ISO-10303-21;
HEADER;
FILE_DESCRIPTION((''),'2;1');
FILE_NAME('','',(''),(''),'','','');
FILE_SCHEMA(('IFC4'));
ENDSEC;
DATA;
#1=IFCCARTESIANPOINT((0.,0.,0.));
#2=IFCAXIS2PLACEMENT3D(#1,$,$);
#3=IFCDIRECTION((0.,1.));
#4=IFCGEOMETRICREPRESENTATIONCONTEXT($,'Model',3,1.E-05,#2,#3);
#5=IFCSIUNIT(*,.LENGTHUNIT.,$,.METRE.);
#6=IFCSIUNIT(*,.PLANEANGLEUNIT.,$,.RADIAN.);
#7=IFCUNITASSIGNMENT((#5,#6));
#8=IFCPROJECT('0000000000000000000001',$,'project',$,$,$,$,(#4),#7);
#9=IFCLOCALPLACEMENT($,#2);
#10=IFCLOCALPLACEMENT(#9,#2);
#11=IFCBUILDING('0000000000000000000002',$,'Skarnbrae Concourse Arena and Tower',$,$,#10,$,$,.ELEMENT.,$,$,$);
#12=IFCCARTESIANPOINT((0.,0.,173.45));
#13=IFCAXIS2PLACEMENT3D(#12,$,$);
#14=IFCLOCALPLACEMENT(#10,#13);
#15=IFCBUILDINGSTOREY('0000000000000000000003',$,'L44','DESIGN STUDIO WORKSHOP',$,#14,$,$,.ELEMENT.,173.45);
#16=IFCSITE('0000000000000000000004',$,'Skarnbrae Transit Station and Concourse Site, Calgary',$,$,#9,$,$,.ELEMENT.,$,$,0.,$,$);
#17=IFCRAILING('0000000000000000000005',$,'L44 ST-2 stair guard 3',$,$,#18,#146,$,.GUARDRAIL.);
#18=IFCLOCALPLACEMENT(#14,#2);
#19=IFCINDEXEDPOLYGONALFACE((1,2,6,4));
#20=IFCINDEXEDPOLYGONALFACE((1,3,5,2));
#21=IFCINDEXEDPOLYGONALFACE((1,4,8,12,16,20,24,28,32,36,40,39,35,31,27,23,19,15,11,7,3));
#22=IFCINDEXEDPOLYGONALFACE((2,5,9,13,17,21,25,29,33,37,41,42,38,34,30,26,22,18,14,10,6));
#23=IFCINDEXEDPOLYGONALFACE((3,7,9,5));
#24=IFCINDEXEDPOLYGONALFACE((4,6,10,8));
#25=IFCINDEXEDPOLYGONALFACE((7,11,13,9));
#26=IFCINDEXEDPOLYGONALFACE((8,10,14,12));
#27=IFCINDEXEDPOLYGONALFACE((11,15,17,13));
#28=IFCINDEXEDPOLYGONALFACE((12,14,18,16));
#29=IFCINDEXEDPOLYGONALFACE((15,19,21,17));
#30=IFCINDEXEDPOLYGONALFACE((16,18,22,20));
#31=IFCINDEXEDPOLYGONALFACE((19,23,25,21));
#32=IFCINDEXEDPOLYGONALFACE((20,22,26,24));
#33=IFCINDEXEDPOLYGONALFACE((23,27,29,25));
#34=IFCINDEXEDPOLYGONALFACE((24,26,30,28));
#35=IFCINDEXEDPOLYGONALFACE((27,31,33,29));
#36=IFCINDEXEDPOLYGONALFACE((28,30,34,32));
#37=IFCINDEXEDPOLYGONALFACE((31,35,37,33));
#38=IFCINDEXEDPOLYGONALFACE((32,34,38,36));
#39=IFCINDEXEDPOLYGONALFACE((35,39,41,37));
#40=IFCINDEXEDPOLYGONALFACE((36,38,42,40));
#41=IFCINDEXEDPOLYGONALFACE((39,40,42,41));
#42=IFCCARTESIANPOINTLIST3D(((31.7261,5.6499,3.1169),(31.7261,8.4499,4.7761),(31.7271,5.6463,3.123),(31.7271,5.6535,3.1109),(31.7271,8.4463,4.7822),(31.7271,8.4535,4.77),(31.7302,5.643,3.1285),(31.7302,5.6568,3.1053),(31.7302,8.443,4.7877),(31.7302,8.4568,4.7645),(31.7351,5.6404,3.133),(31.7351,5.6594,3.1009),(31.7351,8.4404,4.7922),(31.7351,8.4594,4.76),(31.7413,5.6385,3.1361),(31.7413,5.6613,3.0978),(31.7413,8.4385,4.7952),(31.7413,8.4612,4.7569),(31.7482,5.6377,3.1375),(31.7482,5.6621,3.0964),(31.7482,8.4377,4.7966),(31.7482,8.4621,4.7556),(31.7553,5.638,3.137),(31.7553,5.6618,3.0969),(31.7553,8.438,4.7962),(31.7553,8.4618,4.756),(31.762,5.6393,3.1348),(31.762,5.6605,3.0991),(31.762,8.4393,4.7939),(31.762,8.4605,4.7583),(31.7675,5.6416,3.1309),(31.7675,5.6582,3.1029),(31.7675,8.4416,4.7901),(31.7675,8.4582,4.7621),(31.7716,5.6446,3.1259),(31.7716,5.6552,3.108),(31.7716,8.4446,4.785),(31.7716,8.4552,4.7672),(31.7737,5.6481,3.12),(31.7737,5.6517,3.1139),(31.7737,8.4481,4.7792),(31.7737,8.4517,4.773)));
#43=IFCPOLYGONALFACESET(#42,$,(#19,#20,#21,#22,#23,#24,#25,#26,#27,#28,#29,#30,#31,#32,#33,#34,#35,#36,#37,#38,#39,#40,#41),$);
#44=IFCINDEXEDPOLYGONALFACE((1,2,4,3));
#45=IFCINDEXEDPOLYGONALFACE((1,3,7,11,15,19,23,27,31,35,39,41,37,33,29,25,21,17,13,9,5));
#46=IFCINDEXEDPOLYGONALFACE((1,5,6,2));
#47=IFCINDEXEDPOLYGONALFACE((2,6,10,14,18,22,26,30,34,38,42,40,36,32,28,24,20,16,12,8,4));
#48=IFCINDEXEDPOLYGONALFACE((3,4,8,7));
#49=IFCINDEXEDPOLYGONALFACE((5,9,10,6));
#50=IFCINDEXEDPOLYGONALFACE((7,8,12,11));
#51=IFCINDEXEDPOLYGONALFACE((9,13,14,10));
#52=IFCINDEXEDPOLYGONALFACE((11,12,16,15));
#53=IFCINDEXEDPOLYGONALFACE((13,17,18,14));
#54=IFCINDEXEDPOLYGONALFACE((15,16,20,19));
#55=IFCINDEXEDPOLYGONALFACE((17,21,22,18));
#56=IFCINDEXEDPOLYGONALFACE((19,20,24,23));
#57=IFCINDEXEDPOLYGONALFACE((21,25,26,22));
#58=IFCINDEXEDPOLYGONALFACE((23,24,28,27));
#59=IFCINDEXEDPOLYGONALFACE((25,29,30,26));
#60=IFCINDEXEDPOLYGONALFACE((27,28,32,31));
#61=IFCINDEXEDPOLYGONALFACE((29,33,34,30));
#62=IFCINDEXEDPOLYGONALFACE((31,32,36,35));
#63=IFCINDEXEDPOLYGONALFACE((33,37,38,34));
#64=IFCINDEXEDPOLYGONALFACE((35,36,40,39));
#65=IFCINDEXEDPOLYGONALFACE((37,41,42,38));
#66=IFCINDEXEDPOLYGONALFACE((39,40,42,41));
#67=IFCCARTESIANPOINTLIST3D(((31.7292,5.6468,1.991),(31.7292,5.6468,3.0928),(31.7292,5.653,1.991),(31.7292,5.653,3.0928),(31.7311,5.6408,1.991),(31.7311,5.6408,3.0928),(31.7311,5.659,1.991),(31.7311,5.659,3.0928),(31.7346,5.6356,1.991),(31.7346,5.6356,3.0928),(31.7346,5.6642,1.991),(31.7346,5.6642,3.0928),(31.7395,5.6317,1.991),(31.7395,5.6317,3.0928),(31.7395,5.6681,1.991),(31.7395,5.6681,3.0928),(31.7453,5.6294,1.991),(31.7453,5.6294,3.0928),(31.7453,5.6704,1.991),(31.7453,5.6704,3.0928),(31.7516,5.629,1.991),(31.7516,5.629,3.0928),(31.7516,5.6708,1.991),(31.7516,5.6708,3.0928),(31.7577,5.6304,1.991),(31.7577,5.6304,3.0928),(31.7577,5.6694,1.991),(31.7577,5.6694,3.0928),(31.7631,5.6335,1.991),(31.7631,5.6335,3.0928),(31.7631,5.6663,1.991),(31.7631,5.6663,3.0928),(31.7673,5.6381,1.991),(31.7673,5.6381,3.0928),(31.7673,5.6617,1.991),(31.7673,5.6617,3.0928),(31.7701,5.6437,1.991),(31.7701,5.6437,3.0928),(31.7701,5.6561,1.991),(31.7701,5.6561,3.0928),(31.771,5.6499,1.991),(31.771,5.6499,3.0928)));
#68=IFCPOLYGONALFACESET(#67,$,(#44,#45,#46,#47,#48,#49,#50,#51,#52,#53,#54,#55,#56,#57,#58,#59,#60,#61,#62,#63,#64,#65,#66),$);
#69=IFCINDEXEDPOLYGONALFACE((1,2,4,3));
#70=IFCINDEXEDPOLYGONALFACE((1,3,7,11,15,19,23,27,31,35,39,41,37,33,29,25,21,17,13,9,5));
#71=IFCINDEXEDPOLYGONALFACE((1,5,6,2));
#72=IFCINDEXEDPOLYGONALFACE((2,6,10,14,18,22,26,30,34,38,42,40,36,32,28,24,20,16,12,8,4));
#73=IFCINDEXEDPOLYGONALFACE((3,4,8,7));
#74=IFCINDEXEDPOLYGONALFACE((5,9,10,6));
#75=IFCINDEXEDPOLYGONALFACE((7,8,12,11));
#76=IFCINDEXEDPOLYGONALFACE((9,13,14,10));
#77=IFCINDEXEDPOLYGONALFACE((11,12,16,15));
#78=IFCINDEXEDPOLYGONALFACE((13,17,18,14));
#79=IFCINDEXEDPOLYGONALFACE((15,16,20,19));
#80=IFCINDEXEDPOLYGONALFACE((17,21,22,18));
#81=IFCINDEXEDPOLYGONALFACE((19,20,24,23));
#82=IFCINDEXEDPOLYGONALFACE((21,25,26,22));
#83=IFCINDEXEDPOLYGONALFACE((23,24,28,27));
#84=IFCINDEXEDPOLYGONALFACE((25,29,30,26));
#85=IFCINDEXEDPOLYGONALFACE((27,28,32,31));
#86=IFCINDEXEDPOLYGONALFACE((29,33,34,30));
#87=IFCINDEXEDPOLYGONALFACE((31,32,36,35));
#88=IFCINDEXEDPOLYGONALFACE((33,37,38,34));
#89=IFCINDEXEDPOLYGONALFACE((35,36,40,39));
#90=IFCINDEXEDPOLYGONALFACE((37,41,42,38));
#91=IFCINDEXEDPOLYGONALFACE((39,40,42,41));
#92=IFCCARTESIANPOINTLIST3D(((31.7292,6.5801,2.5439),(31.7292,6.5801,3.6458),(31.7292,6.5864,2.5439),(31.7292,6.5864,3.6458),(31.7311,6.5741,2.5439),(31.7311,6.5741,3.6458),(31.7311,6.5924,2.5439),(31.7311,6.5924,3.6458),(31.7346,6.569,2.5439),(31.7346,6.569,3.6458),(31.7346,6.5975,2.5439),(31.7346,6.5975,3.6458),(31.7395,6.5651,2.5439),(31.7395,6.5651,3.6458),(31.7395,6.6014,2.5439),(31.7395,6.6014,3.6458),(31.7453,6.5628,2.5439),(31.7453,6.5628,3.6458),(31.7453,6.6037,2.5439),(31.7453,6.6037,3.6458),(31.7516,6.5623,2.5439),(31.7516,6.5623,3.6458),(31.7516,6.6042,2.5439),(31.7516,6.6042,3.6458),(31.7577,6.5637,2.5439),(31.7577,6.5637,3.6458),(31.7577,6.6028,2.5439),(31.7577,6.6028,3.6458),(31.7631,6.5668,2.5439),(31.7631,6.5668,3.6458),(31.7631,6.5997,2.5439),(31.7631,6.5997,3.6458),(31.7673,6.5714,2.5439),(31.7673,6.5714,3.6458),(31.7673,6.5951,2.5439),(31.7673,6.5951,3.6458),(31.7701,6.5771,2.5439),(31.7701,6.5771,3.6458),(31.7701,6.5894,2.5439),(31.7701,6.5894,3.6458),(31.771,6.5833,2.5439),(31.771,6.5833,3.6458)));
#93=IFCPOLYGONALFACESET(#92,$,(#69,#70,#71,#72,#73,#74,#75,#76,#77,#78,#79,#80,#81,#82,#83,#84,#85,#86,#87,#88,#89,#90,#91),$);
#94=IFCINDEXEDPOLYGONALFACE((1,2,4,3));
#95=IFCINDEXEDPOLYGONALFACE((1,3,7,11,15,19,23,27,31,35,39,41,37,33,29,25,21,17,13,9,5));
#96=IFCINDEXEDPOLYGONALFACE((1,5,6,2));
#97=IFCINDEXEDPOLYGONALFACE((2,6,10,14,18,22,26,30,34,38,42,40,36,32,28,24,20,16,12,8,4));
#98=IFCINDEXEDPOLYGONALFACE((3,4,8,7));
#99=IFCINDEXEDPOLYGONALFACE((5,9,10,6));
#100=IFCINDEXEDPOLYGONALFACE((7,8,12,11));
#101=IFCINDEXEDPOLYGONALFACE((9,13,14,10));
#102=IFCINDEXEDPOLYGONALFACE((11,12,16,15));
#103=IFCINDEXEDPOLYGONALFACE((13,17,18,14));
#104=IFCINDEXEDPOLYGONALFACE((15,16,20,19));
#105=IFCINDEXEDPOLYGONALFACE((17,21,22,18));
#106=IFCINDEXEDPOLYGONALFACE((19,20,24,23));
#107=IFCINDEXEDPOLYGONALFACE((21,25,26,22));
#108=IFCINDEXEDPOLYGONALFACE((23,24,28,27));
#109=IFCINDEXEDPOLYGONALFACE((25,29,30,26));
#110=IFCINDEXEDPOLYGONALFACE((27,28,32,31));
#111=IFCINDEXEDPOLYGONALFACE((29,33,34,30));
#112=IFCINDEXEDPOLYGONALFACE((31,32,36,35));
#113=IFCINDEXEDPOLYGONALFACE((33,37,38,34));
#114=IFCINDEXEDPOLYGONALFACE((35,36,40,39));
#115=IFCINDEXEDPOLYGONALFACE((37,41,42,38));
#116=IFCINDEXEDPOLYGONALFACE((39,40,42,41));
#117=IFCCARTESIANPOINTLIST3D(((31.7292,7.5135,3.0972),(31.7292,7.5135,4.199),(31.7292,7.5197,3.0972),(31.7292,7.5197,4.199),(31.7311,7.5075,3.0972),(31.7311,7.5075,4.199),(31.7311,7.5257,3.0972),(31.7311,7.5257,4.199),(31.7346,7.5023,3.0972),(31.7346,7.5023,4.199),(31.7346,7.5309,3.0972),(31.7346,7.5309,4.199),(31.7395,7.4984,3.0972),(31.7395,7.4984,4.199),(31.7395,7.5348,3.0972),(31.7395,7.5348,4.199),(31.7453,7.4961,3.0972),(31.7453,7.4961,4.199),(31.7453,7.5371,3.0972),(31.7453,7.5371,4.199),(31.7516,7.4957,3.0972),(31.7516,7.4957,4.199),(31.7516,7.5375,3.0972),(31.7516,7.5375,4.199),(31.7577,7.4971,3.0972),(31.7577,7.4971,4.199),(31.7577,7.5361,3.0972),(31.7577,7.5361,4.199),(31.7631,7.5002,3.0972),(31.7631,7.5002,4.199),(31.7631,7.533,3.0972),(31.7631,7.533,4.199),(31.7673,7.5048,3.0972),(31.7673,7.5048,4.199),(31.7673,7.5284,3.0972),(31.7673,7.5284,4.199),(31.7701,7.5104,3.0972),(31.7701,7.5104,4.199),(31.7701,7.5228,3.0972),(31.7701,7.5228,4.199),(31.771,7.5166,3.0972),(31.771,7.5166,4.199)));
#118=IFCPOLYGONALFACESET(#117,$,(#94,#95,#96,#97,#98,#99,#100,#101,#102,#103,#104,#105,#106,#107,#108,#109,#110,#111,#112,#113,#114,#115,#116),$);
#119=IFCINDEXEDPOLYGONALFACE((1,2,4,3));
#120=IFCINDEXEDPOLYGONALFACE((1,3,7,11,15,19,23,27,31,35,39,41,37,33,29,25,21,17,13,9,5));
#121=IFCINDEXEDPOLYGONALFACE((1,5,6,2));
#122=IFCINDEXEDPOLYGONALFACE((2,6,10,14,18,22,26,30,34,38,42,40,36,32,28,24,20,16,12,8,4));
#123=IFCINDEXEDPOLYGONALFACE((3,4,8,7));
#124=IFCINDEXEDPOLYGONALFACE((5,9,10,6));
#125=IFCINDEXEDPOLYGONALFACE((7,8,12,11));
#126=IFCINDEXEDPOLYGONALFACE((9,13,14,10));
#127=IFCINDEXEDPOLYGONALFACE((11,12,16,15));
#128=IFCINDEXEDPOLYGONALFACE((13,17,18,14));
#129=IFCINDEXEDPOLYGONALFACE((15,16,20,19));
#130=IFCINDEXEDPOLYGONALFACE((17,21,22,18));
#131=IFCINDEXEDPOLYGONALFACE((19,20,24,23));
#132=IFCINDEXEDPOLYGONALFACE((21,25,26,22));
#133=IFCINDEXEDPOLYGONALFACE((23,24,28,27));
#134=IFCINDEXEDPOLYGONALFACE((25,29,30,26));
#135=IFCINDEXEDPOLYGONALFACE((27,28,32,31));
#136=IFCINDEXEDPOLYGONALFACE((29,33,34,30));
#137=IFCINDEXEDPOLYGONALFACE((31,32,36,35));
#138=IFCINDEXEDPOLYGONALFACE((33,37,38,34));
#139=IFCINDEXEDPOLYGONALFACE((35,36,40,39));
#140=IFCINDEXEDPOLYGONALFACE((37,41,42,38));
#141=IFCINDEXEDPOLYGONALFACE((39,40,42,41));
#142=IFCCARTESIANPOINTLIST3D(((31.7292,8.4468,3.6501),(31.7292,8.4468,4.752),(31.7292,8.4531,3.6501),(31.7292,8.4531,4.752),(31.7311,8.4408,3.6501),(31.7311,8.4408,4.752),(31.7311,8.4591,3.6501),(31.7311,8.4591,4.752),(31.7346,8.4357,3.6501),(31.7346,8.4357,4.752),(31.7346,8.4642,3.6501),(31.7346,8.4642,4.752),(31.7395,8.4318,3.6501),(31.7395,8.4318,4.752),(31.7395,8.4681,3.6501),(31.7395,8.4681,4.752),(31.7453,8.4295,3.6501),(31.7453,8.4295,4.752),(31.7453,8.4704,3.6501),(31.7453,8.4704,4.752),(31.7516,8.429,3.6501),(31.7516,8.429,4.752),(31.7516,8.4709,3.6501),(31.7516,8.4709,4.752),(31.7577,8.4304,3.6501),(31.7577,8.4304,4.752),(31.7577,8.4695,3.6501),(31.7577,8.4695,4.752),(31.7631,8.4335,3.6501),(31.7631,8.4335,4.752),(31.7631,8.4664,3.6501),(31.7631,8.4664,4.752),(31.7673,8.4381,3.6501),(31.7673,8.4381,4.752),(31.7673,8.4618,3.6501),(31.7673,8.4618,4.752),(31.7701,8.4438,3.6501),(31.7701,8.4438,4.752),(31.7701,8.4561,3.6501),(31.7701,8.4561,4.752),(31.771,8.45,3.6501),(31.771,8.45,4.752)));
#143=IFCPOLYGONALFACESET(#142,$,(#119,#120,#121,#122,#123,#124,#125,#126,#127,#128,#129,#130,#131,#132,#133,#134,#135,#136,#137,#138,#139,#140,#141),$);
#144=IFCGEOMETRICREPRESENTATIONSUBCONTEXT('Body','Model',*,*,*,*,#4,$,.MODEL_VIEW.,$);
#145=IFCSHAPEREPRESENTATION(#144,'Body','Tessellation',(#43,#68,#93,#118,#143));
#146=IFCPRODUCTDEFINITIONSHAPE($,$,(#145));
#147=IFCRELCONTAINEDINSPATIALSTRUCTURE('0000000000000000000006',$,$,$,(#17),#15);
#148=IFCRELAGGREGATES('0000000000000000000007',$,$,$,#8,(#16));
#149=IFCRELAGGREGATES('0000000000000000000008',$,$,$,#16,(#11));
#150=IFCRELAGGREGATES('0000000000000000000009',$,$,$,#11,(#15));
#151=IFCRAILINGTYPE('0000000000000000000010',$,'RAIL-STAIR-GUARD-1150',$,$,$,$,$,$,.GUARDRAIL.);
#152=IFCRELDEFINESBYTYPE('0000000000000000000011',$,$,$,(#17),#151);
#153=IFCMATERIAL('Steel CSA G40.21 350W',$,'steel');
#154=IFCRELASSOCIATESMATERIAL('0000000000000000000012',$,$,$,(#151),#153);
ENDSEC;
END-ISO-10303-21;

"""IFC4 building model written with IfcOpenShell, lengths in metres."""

from ifc_helpers import new_model, si_unit, direction, frame, origin, origin_2d, place, context, subcontext, project, spatial, circle, extrude, material, type_object, element, save


model = new_model("IFC4")

# Units and contexts
model_context = context("Model", 3, precision=1e-05, world=origin(), true_north=direction((0.0, 1.0)))
body_context = subcontext(model_context, "Body", "Model", "MODEL_VIEW")
ifc_project = project(units=[si_unit("LENGTHUNIT", "METRE"), si_unit("PLANEANGLEUNIT", "RADIAN")], contexts=[model_context])

# Site, building, storey
site_placement = place(None, origin())
site = spatial("IfcSite", under=ifc_project, at=site_placement, Name="Skarnbrae Transit Station and Concourse Site, Calgary", CompositionType="ELEMENT", RefElevation=0.0)
building_placement = place(site_placement, origin())
building = spatial("IfcBuilding", under=site, at=building_placement, Name="Skarnbrae Concourse Arena and Tower", CompositionType="ELEMENT")
storey_placement = place(building_placement, frame((0.0, 0.0, 173.45)))
storey = spatial("IfcBuildingStorey", under=building, at=storey_placement, Name="L44", Description="DESIGN STUDIO WORKSHOP", CompositionType="ELEMENT", Elevation=173.45)

# Shared definitions
ifc_material_1 = material(Name="Steel CSA G40.21 350W", Category="steel")

# Railing
railing_type_1 = type_object("IfcRailingType", Name="RAIL-STAIR-GUARD-1150", PredefinedType="GUARDRAIL", material=ifc_material_1)
railing_1_placement = place(storey_placement, frame((31.75, 5.6499, 1.991)))
element("IfcRailing", 1, at=railing_1_placement, inside=storey, type_object=railing_type_1, Name="L44 ST-2 stair guard 3", PredefinedType="GUARDRAIL", context=body_context, shape_type="SweptSolid", body=[
    extrude(circle(Radius=0.0239, at=origin_2d()), frame((0.0, 0.0, 1.126), z_axis=(0.0, 0.860306, 0.509778), x_axis=(-1.0, 0.0, 0.0)), (0.0, 0.0, 1.0), 3.2546),
    extrude(circle(Radius=0.021, at=origin_2d()), origin(), (0.0, 0.0, 1.0), 1.1018),
    extrude(circle(Radius=0.021, at=origin_2d()), frame((0.0, 0.9333, 0.553)), (0.0, 0.0, 1.0), 1.1018),
    extrude(circle(Radius=0.021, at=origin_2d()), frame((0.0, 1.8667, 1.1062)), (0.0, 0.0, 1.0), 1.1018),
    extrude(circle(Radius=0.021, at=origin_2d()), frame((0.0, 2.8, 1.6592)), (0.0, 0.0, 1.0), 1.1018),
])

save(model, "model.ifc")
